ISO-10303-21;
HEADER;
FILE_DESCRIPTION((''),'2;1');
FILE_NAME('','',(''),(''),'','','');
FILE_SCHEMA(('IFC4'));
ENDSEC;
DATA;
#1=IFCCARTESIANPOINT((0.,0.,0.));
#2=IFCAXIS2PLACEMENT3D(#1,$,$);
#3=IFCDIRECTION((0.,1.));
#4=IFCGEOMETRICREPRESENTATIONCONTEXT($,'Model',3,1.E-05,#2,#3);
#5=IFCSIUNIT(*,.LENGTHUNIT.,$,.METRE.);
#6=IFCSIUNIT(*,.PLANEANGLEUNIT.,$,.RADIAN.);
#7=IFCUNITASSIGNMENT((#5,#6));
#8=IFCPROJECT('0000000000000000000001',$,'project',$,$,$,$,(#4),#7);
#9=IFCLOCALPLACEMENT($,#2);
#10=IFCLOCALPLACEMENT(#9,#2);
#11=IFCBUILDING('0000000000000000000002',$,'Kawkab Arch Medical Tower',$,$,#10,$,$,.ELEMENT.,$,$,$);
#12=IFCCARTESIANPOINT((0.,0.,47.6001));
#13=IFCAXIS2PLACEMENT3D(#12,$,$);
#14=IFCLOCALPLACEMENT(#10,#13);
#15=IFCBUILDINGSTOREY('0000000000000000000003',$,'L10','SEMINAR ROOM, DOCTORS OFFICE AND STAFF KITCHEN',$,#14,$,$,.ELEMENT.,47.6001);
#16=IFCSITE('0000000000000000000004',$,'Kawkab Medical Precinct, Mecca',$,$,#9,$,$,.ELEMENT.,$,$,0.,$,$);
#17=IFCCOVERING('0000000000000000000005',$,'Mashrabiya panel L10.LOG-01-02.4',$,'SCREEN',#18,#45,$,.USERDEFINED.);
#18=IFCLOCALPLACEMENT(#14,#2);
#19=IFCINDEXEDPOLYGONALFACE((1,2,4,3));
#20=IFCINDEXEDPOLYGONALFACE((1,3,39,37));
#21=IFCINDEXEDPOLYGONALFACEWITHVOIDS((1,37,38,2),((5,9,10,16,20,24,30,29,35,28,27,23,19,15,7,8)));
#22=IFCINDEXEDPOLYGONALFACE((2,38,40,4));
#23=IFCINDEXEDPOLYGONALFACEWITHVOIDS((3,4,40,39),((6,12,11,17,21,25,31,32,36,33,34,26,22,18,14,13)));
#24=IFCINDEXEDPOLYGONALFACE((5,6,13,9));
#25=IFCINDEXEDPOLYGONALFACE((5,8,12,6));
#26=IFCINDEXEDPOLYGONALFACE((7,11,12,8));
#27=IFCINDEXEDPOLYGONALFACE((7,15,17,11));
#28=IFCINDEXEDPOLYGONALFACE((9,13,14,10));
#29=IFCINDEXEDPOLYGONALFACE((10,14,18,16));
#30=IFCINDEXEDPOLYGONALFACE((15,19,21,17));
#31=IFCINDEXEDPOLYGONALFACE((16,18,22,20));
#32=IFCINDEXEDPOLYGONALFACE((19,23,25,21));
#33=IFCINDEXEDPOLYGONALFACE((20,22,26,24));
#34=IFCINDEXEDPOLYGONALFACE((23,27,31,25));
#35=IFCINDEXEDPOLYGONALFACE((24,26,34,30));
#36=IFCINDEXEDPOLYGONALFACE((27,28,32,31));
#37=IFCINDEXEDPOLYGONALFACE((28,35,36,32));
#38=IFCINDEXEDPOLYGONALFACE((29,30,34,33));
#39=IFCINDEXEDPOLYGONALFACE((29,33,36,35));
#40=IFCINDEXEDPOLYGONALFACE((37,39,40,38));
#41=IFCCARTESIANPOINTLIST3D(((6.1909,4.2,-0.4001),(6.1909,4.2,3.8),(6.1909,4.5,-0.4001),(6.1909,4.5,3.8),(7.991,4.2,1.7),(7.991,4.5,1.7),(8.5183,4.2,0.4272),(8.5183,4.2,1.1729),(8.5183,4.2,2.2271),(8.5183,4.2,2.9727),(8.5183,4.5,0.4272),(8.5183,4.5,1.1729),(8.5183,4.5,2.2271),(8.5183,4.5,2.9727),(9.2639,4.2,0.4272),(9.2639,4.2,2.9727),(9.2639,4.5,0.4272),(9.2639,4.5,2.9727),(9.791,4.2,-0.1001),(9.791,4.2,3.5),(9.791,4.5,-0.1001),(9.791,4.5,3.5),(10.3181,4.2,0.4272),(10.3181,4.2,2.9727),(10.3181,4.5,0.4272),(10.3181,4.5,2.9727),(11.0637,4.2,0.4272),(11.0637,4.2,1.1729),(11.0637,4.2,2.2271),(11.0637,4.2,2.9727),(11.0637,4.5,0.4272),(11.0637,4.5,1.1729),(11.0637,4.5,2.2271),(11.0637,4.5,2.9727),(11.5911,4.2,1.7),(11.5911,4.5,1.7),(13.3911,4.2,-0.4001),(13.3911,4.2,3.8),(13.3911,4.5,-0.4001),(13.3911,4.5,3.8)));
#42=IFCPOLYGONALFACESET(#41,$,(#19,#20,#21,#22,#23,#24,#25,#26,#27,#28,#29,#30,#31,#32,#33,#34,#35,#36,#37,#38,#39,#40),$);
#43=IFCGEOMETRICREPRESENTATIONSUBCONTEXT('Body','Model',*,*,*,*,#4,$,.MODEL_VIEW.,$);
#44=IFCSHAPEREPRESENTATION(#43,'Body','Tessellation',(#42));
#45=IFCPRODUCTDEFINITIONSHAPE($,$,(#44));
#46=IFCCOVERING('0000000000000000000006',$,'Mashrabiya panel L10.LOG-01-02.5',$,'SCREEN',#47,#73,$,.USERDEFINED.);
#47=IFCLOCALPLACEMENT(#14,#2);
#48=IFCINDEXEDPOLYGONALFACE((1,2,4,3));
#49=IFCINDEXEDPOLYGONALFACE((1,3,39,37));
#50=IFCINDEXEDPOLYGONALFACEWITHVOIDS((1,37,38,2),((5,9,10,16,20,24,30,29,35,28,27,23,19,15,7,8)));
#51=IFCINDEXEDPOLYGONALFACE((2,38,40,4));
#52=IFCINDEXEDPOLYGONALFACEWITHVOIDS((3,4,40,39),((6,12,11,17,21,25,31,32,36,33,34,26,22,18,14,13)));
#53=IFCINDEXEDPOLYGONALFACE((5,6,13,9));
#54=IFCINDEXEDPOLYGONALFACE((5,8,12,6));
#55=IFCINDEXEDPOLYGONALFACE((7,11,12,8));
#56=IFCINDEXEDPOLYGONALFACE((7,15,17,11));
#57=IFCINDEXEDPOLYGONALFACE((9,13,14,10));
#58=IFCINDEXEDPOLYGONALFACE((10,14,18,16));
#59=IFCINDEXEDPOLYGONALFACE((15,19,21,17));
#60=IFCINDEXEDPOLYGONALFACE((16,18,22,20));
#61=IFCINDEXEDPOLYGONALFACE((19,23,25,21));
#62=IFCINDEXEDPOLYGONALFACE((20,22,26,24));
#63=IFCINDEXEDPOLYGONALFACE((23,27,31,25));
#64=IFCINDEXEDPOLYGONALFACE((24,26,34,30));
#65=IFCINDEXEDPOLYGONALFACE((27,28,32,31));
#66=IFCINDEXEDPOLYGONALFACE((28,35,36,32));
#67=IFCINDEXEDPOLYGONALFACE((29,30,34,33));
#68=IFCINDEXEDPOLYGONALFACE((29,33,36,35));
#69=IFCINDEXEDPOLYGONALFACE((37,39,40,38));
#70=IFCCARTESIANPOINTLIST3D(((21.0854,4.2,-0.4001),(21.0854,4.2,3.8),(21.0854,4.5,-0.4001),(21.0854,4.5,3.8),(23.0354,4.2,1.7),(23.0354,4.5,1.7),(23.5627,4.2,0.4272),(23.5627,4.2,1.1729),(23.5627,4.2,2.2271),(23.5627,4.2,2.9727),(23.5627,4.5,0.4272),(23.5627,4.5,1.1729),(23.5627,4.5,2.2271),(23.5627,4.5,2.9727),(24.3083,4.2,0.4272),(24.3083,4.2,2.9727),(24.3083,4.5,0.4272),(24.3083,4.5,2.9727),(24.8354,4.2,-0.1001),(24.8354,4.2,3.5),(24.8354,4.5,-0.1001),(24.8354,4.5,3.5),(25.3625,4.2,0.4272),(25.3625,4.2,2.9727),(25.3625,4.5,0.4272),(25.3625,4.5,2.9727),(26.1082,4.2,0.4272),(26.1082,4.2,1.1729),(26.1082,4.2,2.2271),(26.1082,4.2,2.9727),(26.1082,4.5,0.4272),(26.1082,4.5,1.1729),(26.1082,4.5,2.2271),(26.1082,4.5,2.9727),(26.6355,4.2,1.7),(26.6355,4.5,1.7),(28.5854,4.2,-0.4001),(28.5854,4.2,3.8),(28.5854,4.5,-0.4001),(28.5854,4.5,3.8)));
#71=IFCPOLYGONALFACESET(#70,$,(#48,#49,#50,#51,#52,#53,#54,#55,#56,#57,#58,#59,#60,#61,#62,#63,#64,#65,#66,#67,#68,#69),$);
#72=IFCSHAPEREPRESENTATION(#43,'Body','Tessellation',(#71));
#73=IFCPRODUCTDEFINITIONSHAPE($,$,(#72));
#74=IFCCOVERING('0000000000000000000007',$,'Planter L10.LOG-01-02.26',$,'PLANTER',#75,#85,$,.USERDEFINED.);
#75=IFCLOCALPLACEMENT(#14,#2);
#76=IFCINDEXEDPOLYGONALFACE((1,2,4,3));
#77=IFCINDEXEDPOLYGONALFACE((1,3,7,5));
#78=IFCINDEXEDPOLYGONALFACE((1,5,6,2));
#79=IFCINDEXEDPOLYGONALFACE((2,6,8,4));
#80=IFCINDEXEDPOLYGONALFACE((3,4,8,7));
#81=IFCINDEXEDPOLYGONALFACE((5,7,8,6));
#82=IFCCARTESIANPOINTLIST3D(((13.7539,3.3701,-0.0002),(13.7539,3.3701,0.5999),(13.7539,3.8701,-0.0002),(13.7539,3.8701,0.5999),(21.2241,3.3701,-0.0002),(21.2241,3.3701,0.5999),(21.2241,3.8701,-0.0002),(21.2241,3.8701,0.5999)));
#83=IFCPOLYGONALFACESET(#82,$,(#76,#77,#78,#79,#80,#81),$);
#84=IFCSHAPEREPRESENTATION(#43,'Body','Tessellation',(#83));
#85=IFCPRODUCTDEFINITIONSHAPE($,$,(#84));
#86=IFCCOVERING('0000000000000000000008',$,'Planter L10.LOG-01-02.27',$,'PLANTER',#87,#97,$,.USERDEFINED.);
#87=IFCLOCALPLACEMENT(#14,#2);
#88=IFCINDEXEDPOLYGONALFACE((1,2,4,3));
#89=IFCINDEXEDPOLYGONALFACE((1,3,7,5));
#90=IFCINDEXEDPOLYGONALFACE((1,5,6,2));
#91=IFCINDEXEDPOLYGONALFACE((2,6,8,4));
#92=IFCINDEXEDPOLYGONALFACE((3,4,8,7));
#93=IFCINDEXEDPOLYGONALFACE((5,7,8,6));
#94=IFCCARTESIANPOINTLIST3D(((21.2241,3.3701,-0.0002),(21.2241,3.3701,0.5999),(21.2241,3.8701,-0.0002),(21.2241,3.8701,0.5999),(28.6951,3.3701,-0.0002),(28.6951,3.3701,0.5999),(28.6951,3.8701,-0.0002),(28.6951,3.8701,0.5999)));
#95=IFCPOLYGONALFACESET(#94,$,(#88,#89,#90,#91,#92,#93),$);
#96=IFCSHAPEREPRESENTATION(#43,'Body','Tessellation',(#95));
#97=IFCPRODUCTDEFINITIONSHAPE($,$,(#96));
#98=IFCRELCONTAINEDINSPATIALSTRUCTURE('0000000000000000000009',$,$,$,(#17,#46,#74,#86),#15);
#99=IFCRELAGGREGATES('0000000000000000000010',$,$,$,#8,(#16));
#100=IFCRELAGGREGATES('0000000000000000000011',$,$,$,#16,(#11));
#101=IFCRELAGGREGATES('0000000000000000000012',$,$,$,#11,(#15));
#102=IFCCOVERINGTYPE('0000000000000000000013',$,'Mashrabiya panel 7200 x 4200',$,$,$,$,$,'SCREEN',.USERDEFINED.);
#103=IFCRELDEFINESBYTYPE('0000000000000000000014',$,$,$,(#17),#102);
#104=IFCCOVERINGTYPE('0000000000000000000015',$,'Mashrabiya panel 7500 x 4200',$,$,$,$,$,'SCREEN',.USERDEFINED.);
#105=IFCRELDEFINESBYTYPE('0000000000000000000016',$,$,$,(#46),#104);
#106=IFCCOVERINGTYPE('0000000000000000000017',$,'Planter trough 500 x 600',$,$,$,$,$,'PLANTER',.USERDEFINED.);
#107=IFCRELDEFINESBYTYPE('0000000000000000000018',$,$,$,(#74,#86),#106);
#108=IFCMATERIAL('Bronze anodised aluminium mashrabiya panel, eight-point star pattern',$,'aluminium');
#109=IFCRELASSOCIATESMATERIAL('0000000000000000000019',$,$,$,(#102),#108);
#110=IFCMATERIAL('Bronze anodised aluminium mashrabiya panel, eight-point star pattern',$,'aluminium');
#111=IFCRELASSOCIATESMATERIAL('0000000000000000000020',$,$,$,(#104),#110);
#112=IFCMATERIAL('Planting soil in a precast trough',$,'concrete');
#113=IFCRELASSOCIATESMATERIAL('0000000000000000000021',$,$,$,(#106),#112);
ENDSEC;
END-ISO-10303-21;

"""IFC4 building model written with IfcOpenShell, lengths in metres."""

from ifc_helpers import new_model, si_unit, direction, frame, origin, origin_2d, place, context, subcontext, project, spatial, polyline, rectangle, outline, extrude, material, material_profile, profile_set, type_object, element, save


model = new_model("IFC4")

# Units and contexts
model_context = context("Model", 3, precision=1e-05, world=origin(), true_north=direction((0.0, 1.0)))
body_context = subcontext(model_context, "Body", "Model", "MODEL_VIEW")
ifc_project = project(units=[si_unit("LENGTHUNIT", "METRE"), si_unit("PLANEANGLEUNIT", "RADIAN")], contexts=[model_context])

# Site, building, storey
site_placement = place(None, origin())
site = spatial("IfcSite", under=ifc_project, at=site_placement, Name="Kawkab Medical Precinct, Mecca", CompositionType="ELEMENT", RefElevation=0.0)
building_placement = place(site_placement, origin())
building = spatial("IfcBuilding", under=site, at=building_placement, Name="Kawkab Arch Medical Tower", CompositionType="ELEMENT")
storey_placement = place(building_placement, frame((0.0, 0.0, 47.6001)))
storey = spatial("IfcBuildingStorey", under=building, at=storey_placement, Name="L10", Description="SEMINAR ROOM, DOCTORS OFFICE AND STAFF KITCHEN", CompositionType="ELEMENT", Elevation=47.6001)

# Coverings
ifc_material_1 = material(Name="Bronze anodised aluminium mashrabiya panel, eight-point star pattern", Category="aluminium")
ifc_material_profile_1 = material_profile(ifc_material_1, outline(polyline([(-3.6001, -2.1001), (3.6001, -2.1001), (3.6001, 2.1001), (-3.6001, 2.1001), (-3.6001, -2.1001)]), holes=[polyline([(1.8, 0.0), (1.2727, 0.5271), (1.2727, 1.2727), (0.5271, 1.2727), (0.0, 1.8), (-0.5271, 1.2727), (-1.2727, 1.2727), (-1.2727, 0.5271), (-1.8, 0.0), (-1.2727, -0.5271), (-1.2727, -1.2727), (-0.5271, -1.2727), (0.0, -1.8), (0.5271, -1.2727), (1.2727, -1.2727), (1.2727, -0.5271), (1.8, 0.0)])]), Name="Mashrabiya panel 7200x4200")
ifc_profile_set_1 = profile_set([ifc_material_profile_1], Name="Bronze anodised aluminium mashrabiya panel, eight-point star pattern")
covering_type_1 = type_object("IfcCoveringType", Name="Mashrabiya panel 7200 x 4200", ElementType="SCREEN", PredefinedType="USERDEFINED", material=ifc_profile_set_1)
covering_1_placement = place(storey_placement, frame((9.791, 4.2, 1.7), z_axis=(0.0, 1.0, 0.0), x_axis=(-1.0, 0.0, 0.0)))
element("IfcCovering", 1, at=covering_1_placement, inside=storey, type_object=covering_type_1, Name="Mashrabiya panel L10.LOG-01-02.4", ObjectType="SCREEN", PredefinedType="USERDEFINED", context=body_context, shape_type="SweptSolid", body=[
    extrude(outline(polyline([(-3.6001, -2.1001), (3.6001, -2.1001), (3.6001, 2.1001), (-3.6001, 2.1001), (-3.6001, -2.1001)]), holes=[polyline([(1.8, 0.0), (1.2727, 0.5271), (1.2727, 1.2727), (0.5271, 1.2727), (0.0, 1.8), (-0.5271, 1.2727), (-1.2727, 1.2727), (-1.2727, 0.5271), (-1.8, 0.0), (-1.2727, -0.5271), (-1.2727, -1.2727), (-0.5271, -1.2727), (0.0, -1.8), (0.5271, -1.2727), (1.2727, -1.2727), (1.2727, -0.5271), (1.8, 0.0)])]), origin(), (0.0, 0.0, 1.0), 0.3),
])
ifc_material_2 = material(Name="Bronze anodised aluminium mashrabiya panel, eight-point star pattern", Category="aluminium")
ifc_material_profile_2 = material_profile(ifc_material_2, outline(polyline([(-3.75, -2.1001), (3.75, -2.1001), (3.75, 2.1001), (-3.75, 2.1001), (-3.75, -2.1001)]), holes=[polyline([(1.8, 0.0), (1.2727, 0.5271), (1.2727, 1.2727), (0.5271, 1.2727), (0.0, 1.8), (-0.5271, 1.2727), (-1.2727, 1.2727), (-1.2727, 0.5271), (-1.8, 0.0), (-1.2727, -0.5271), (-1.2727, -1.2727), (-0.5271, -1.2727), (0.0, -1.8), (0.5271, -1.2727), (1.2727, -1.2727), (1.2727, -0.5271), (1.8, 0.0)])]), Name="Mashrabiya panel 7500x4200")
ifc_profile_set_2 = profile_set([ifc_material_profile_2], Name="Bronze anodised aluminium mashrabiya panel, eight-point star pattern")
covering_type_2 = type_object("IfcCoveringType", Name="Mashrabiya panel 7500 x 4200", ElementType="SCREEN", PredefinedType="USERDEFINED", material=ifc_profile_set_2)
covering_2_placement = place(storey_placement, frame((24.8354, 4.2, 1.7), z_axis=(0.0, 1.0, 0.0), x_axis=(-1.0, 0.0, 0.0)))
element("IfcCovering", 2, at=covering_2_placement, inside=storey, type_object=covering_type_2, Name="Mashrabiya panel L10.LOG-01-02.5", ObjectType="SCREEN", PredefinedType="USERDEFINED", context=body_context, shape_type="SweptSolid", body=[
    extrude(outline(polyline([(-3.75, -2.1001), (3.75, -2.1001), (3.75, 2.1001), (-3.75, 2.1001), (-3.75, -2.1001)]), holes=[polyline([(1.8, 0.0), (1.2727, 0.5271), (1.2727, 1.2727), (0.5271, 1.2727), (0.0, 1.8), (-0.5271, 1.2727), (-1.2727, 1.2727), (-1.2727, 0.5271), (-1.8, 0.0), (-1.2727, -0.5271), (-1.2727, -1.2727), (-0.5271, -1.2727), (0.0, -1.8), (0.5271, -1.2727), (1.2727, -1.2727), (1.2727, -0.5271), (1.8, 0.0)])]), origin(), (0.0, 0.0, 1.0), 0.3),
])
ifc_material_3 = material(Name="Planting soil in a precast trough", Category="concrete")
ifc_material_profile_3 = material_profile(ifc_material_3, rectangle(XDim=0.5, YDim=0.6001, at=origin_2d()), Name="Trough 500x600")
ifc_profile_set_3 = profile_set([ifc_material_profile_3], Name="Planting soil in a precast trough")
covering_type_3 = type_object("IfcCoveringType", Name="Planter trough 500 x 600", ElementType="PLANTER", PredefinedType="USERDEFINED", material=ifc_profile_set_3)
covering_3_placement = place(storey_placement, frame((13.7539, 3.6201, 0.2998), z_axis=(1.0, 0.0, 0.0), x_axis=(0.0, 1.0, 0.0)))
element("IfcCovering", 3, at=covering_3_placement, inside=storey, type_object=covering_type_3, Name="Planter L10.LOG-01-02.26", ObjectType="PLANTER", PredefinedType="USERDEFINED", context=body_context, shape_type="SweptSolid", body=[
    extrude(rectangle(XDim=0.5, YDim=0.6001, at=origin_2d()), origin(), (0.0, 0.0, 1.0), 7.4702),
])
covering_4_placement = place(storey_placement, frame((21.2241, 3.6201, 0.2998), z_axis=(1.0, 0.0, 0.0), x_axis=(0.0, 1.0, 0.0)))
element("IfcCovering", 4, at=covering_4_placement, inside=storey, type_object=covering_type_3, Name="Planter L10.LOG-01-02.27", ObjectType="PLANTER", PredefinedType="USERDEFINED", context=body_context, shape_type="SweptSolid", body=[
    extrude(rectangle(XDim=0.5, YDim=0.6001, at=origin_2d()), origin(), (0.0, 0.0, 1.0), 7.4709),
])

save(model, "model.ifc")
